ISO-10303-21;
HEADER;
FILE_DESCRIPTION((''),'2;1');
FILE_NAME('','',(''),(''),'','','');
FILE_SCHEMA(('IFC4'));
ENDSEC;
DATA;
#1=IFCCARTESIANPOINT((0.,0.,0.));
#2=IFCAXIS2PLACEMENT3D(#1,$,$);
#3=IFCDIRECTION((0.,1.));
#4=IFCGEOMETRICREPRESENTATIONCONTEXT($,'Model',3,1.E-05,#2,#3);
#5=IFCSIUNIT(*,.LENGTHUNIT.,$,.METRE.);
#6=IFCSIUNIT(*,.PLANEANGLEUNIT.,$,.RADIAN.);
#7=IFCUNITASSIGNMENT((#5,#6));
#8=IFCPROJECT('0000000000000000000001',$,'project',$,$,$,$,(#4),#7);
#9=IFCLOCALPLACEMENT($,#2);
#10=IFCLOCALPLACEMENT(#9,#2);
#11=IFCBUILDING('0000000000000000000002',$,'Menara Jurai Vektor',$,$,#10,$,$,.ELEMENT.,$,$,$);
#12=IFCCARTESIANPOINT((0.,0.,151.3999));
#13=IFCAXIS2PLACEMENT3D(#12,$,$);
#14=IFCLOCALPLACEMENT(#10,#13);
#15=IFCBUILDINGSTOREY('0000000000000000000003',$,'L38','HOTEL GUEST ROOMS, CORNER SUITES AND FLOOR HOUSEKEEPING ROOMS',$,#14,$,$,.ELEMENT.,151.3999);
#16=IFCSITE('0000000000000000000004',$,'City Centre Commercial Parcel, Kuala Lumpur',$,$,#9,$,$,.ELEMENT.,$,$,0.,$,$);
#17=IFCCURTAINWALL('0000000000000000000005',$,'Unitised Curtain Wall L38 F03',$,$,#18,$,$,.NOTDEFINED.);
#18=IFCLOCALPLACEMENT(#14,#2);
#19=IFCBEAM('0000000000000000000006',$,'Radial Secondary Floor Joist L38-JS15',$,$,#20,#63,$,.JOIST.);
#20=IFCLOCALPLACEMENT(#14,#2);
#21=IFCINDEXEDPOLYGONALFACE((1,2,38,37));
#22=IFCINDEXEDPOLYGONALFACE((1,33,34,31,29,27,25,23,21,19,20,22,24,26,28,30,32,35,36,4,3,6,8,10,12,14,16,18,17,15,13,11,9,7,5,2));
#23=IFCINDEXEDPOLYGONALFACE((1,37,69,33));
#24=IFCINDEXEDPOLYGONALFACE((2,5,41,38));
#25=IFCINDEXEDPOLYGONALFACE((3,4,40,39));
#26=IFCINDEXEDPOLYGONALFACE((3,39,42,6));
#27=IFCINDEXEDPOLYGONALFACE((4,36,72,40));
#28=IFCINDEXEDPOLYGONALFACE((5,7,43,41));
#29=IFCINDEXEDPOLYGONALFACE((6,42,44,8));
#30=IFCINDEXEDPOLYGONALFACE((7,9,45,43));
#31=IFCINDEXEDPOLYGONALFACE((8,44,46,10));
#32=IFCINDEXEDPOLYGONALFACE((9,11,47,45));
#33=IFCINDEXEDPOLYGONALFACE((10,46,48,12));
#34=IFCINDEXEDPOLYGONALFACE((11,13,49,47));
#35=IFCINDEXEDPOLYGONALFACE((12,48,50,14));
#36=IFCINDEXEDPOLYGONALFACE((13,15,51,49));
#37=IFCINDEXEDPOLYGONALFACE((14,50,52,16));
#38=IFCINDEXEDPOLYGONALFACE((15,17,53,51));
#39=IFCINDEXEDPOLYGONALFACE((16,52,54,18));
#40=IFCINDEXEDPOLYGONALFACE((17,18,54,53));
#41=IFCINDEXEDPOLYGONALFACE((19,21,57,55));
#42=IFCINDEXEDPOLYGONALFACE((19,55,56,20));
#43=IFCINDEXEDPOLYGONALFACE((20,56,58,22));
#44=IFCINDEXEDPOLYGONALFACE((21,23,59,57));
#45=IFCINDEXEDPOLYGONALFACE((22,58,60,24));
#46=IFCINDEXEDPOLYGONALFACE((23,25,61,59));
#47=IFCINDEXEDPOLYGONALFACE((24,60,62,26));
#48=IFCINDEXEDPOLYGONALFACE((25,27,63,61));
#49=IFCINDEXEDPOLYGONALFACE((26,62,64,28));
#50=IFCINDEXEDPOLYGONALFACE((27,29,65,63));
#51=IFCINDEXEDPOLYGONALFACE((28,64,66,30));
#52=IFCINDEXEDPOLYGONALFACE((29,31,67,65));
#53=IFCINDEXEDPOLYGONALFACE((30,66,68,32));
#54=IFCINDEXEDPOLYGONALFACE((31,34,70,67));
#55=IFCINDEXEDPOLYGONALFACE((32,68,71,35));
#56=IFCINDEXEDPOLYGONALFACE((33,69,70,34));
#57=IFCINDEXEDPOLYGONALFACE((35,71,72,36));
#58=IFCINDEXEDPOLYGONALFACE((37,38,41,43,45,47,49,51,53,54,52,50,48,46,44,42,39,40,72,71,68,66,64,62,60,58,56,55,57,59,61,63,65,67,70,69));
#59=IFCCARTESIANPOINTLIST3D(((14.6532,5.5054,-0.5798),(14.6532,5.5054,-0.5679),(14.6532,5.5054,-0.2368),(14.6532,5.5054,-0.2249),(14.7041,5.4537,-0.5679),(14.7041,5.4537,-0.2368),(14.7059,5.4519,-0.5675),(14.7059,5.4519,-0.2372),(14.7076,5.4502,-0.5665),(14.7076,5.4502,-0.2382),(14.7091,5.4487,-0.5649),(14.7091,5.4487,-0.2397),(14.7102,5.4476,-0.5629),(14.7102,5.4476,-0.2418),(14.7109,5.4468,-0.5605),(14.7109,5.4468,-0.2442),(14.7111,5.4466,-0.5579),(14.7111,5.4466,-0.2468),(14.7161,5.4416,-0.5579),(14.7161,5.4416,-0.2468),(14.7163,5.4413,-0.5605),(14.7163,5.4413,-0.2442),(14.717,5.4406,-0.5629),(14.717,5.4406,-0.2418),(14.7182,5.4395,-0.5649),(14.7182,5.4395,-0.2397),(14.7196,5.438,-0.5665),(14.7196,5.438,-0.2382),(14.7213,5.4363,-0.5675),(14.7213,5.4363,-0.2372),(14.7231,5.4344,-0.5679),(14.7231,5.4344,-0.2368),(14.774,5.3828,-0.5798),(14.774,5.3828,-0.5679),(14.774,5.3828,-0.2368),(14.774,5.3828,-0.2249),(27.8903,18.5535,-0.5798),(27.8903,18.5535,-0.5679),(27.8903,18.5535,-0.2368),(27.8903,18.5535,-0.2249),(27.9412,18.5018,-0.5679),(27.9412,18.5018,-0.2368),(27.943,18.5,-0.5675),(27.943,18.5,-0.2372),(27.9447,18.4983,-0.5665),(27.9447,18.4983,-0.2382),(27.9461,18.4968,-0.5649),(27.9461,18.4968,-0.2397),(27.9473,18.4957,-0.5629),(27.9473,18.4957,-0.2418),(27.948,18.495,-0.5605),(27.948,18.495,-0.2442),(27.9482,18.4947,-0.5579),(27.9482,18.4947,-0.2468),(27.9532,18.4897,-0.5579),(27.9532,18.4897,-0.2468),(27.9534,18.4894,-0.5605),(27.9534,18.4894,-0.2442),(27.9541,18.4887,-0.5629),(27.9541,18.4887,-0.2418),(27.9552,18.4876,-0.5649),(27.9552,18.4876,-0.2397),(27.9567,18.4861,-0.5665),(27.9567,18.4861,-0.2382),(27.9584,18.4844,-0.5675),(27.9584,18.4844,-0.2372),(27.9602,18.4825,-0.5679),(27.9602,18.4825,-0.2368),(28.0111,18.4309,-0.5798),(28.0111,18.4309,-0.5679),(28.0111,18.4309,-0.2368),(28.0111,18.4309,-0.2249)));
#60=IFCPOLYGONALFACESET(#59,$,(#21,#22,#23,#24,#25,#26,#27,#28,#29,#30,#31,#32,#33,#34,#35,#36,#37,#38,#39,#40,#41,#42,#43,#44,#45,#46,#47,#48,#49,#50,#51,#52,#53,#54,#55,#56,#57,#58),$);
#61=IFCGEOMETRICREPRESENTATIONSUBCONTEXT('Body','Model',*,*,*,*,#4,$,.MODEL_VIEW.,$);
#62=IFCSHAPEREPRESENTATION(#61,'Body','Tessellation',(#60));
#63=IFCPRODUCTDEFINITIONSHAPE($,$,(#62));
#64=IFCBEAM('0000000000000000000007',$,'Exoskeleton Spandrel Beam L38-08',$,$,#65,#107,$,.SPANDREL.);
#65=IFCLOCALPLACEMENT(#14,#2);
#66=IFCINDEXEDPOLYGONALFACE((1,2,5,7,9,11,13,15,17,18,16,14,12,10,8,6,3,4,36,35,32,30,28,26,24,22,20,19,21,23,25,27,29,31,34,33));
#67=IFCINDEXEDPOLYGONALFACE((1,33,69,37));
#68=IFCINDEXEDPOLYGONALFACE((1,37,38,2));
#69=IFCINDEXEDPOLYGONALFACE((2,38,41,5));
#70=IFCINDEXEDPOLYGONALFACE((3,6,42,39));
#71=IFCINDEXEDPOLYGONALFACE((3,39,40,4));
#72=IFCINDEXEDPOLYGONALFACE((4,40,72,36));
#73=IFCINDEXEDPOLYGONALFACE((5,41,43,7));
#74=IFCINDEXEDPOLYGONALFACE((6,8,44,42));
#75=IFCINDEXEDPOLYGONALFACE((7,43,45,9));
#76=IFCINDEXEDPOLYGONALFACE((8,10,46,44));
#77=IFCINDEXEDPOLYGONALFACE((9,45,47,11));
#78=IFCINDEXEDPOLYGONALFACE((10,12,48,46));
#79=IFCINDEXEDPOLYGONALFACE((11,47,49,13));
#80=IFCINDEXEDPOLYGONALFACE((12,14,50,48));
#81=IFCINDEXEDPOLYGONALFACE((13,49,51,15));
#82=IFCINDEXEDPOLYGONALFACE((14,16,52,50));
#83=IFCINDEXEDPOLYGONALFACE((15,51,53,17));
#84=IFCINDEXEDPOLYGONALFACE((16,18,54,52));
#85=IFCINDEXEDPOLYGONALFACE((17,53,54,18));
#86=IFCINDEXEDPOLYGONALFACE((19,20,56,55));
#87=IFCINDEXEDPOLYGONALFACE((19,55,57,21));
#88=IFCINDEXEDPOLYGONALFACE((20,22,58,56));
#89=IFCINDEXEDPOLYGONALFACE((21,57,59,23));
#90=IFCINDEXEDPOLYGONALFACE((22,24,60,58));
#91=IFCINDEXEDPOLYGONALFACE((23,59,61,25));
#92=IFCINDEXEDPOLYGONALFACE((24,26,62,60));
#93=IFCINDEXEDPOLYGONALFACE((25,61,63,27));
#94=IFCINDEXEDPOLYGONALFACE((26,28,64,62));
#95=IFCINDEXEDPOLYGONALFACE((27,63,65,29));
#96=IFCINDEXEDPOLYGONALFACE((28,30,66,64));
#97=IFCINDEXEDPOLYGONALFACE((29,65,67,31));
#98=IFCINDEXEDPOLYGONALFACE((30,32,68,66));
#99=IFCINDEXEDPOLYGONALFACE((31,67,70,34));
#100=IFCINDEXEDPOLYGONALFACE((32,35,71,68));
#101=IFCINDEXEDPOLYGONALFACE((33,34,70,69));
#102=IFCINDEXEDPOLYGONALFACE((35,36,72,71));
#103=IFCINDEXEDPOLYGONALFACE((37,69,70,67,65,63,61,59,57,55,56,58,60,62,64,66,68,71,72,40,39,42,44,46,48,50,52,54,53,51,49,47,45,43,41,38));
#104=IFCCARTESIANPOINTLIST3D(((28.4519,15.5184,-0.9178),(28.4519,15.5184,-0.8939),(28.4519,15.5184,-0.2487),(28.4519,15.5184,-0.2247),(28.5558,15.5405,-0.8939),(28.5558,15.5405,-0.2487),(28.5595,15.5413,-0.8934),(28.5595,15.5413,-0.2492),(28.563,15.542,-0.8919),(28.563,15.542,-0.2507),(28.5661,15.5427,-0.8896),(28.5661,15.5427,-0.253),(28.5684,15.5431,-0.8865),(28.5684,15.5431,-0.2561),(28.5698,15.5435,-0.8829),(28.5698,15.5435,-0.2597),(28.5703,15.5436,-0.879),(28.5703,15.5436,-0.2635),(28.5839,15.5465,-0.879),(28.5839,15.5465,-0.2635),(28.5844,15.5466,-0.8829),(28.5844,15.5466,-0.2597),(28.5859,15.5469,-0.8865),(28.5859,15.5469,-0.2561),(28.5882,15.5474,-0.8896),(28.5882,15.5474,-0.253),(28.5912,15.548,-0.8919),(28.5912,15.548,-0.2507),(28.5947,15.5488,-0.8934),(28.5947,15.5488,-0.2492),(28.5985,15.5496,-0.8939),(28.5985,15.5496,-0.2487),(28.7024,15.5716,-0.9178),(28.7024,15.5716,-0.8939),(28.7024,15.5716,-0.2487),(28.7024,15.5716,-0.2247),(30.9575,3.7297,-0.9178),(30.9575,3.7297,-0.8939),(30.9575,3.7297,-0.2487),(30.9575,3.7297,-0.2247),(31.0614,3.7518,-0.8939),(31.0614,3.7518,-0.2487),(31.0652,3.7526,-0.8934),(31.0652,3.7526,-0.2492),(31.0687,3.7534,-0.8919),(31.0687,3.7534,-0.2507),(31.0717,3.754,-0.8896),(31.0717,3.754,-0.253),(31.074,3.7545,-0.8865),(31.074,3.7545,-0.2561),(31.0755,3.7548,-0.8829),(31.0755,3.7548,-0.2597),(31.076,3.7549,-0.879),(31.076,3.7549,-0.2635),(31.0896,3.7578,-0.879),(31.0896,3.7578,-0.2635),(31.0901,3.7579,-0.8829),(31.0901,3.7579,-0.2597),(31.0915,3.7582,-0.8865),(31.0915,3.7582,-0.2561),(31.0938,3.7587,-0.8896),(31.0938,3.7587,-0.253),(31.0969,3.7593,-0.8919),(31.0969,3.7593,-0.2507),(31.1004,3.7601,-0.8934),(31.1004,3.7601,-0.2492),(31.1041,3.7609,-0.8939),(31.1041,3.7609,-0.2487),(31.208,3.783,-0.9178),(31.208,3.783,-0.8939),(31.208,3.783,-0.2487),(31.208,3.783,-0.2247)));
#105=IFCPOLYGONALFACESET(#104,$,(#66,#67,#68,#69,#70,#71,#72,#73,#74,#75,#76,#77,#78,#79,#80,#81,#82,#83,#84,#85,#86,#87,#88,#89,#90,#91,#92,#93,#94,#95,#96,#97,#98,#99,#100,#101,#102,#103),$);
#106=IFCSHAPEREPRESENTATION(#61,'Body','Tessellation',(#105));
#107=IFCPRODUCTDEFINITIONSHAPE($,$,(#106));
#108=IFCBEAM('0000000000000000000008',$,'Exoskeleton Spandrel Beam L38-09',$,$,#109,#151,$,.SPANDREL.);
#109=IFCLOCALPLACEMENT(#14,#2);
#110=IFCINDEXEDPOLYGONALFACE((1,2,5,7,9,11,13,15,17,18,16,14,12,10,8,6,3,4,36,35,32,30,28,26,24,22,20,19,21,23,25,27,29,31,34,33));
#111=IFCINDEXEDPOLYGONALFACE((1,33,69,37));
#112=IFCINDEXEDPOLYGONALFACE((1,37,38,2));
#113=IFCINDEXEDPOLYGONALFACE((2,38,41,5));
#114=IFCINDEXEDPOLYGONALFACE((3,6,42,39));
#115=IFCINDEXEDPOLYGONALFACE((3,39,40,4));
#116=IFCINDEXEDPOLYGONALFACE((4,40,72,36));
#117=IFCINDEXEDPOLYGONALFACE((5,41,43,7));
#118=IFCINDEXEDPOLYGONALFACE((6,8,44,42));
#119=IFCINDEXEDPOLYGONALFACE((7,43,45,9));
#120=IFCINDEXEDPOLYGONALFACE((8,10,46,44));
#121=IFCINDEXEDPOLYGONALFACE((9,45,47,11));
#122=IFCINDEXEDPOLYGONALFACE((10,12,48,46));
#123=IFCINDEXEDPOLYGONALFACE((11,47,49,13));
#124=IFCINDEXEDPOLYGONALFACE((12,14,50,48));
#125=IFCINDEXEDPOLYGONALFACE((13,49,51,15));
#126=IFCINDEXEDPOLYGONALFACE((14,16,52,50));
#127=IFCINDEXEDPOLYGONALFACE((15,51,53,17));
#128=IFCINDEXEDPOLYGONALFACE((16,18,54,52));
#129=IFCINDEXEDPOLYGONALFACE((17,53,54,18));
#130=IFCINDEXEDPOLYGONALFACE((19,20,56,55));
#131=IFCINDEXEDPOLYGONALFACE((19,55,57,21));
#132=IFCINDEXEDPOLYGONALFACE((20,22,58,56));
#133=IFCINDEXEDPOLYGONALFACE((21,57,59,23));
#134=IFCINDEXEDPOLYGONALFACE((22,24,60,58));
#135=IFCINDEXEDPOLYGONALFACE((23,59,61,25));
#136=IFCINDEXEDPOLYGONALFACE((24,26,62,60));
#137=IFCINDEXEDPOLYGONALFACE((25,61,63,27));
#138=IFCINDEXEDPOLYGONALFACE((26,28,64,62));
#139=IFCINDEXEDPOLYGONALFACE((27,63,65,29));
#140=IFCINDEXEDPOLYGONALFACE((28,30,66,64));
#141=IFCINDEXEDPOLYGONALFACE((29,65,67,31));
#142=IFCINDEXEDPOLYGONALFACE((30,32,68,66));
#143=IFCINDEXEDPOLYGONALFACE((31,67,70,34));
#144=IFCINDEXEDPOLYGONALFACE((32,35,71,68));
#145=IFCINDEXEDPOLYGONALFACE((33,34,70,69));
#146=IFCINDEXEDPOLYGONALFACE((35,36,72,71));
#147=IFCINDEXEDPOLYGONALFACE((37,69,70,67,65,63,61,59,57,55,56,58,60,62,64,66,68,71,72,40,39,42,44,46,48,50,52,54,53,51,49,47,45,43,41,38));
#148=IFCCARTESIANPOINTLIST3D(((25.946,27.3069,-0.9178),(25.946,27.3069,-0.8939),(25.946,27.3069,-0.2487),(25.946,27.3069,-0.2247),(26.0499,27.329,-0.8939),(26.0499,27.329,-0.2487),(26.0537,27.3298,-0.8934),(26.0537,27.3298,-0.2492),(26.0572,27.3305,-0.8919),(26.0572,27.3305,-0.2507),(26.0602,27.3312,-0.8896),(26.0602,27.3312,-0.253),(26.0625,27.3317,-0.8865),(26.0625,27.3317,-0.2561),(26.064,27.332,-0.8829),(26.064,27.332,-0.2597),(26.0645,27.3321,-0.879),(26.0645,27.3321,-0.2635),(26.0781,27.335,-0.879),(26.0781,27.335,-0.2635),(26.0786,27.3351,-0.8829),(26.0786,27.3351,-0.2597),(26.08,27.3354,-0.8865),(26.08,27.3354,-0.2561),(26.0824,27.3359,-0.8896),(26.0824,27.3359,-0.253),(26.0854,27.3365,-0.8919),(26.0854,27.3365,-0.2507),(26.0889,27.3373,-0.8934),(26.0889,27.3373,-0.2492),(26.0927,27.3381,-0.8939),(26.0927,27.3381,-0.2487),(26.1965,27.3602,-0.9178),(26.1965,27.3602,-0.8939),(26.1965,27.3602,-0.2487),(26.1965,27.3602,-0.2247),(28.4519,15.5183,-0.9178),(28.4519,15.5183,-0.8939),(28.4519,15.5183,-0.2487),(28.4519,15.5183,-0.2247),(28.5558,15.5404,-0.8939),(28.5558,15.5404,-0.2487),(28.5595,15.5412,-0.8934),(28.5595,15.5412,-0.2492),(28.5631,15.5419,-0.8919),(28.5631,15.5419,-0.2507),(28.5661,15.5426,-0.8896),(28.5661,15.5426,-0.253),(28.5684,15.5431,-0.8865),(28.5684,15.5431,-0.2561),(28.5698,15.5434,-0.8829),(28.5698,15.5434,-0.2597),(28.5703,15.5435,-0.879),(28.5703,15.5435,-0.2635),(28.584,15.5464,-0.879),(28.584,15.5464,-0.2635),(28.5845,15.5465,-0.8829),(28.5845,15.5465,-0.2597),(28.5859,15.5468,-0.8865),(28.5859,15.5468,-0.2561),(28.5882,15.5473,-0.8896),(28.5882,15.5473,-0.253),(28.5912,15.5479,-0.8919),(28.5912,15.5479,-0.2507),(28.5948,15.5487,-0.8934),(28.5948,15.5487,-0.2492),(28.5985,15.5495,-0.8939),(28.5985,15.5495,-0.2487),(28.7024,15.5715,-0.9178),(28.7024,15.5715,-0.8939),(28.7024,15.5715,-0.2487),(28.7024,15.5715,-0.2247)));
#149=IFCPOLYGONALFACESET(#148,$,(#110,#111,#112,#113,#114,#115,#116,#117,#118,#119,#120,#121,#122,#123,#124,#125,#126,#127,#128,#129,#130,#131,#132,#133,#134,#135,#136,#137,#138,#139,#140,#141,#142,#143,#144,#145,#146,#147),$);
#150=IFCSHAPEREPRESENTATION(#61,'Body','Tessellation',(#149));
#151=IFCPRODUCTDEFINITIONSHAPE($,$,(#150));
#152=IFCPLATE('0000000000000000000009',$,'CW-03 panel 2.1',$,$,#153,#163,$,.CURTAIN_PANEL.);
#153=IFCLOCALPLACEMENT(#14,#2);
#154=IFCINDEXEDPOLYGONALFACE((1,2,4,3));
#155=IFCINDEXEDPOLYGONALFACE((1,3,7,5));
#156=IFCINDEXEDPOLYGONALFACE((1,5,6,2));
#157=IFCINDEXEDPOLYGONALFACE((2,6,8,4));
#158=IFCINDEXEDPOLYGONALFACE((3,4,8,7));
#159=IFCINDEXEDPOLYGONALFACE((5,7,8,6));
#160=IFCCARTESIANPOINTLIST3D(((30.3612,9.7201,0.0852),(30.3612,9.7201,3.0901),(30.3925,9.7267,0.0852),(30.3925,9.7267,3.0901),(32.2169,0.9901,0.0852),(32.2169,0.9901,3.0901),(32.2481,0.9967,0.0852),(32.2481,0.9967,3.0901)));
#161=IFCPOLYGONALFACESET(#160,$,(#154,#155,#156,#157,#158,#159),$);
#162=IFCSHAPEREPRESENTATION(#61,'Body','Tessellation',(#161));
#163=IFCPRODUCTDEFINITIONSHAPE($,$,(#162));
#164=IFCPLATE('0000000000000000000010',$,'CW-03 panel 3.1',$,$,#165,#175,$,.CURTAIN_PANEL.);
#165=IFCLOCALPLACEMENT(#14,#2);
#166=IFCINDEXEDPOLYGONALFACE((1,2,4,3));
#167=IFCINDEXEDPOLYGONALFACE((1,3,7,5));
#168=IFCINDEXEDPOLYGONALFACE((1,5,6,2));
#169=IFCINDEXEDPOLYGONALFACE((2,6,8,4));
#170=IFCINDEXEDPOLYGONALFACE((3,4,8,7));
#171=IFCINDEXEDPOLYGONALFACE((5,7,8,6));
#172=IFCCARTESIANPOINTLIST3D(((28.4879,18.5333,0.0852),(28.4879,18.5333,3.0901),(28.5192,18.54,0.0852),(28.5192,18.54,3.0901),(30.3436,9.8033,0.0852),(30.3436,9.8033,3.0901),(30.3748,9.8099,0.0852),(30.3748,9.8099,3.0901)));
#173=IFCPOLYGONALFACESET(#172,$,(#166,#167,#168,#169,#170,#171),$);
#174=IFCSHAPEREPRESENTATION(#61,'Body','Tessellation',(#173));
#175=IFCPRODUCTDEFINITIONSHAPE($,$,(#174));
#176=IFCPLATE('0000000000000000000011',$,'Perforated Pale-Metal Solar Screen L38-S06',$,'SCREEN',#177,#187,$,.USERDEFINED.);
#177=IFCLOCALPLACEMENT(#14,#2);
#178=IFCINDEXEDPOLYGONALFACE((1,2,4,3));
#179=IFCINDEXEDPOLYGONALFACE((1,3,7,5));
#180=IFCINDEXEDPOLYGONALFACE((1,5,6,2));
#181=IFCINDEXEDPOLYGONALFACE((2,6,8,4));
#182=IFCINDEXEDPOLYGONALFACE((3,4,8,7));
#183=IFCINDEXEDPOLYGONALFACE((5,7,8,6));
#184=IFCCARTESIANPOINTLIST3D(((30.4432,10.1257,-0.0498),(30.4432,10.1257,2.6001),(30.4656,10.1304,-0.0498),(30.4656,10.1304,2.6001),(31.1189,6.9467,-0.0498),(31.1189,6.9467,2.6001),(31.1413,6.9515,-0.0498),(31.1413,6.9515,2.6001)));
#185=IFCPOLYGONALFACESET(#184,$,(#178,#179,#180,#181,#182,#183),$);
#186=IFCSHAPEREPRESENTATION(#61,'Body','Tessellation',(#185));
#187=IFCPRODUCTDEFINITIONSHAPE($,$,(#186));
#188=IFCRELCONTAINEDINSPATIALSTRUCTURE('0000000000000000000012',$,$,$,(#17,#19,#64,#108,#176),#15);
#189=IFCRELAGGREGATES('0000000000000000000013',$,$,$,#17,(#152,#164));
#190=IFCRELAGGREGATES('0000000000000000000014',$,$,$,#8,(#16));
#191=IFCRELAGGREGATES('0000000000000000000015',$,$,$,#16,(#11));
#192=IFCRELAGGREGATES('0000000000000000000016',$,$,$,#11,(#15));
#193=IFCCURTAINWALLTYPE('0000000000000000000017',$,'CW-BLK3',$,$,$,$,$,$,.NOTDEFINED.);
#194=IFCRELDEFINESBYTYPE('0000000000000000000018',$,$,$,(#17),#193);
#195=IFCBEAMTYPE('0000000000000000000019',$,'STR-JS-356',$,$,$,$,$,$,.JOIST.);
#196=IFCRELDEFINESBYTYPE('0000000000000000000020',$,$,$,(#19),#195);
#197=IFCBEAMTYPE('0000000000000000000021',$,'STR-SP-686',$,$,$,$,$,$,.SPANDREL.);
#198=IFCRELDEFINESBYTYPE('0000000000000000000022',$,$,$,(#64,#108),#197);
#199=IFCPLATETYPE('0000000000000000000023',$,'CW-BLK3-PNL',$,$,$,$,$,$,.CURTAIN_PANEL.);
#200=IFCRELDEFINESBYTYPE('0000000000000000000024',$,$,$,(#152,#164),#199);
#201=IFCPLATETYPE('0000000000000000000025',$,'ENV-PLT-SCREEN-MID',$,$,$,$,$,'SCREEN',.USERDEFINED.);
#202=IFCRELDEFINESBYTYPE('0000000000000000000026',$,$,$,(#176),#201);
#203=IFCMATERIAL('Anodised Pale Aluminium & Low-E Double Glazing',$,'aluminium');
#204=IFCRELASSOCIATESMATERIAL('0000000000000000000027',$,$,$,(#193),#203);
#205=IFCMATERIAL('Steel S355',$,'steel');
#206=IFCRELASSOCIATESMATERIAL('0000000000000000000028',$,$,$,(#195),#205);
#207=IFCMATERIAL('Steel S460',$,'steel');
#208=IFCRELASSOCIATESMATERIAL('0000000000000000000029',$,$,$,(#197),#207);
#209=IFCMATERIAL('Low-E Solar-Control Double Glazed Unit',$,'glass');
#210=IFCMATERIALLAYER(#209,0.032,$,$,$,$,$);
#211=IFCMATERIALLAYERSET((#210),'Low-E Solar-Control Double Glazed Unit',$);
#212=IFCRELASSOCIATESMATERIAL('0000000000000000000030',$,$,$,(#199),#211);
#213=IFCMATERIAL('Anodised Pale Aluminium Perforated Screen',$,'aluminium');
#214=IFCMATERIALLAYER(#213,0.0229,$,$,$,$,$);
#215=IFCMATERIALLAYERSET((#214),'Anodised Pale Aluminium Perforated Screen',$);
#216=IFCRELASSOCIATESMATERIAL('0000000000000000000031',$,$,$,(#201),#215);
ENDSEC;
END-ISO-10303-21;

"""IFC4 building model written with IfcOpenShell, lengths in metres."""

from ifc_helpers import new_model, si_unit, direction, frame, origin, origin_2d, place, context, subcontext, project, spatial, rectangle, i_section, extrude, material, layer, layer_set, material_profile, profile_set, type_object, element, aggregate, save


model = new_model("IFC4")

# Units and contexts
model_context = context("Model", 3, precision=1e-05, world=origin(), true_north=direction((0.0, 1.0)))
body_context = subcontext(model_context, "Body", "Model", "MODEL_VIEW")
ifc_project = project(units=[si_unit("LENGTHUNIT", "METRE"), si_unit("PLANEANGLEUNIT", "RADIAN")], contexts=[model_context])

# Site, building, storey
site_placement = place(None, origin())
site = spatial("IfcSite", under=ifc_project, at=site_placement, Name="City Centre Commercial Parcel, Kuala Lumpur", CompositionType="ELEMENT", RefElevation=0.0)
building_placement = place(site_placement, origin())
building = spatial("IfcBuilding", under=site, at=building_placement, Name="Menara Jurai Vektor", CompositionType="ELEMENT")
storey_placement = place(building_placement, frame((0.0, 0.0, 151.3999)))
storey = spatial("IfcBuildingStorey", under=building, at=storey_placement, Name="L38", Description="HOTEL GUEST ROOMS, CORNER SUITES AND FLOOR HOUSEKEEPING ROOMS", CompositionType="ELEMENT", Elevation=151.3999)

# Shared definitions
ifc_material_1 = material(Name="Steel S460", Category="steel")

# Curtain wall
ifc_material_2 = material(Name="Anodised Pale Aluminium & Low-E Double Glazing", Category="aluminium")
curtain_wall_type = type_object("IfcCurtainWallType", Name="CW-BLK3", PredefinedType="NOTDEFINED", material=ifc_material_2)
curtain_wall_placement = place(storey_placement, origin())
curtain_wall = element("IfcCurtainWall", 1, at=curtain_wall_placement, inside=storey, type_object=curtain_wall_type, Name="Unitised Curtain Wall L38 F03", PredefinedType="NOTDEFINED")

# Beams
ifc_material_3 = material(Name="Steel S355", Category="steel")
ifc_material_profile_1 = material_profile(ifc_material_3, i_section(OverallWidth=0.1721, OverallDepth=0.355, WebThickness=0.0071, FlangeThickness=0.012, FilletRadius=0.01, at=origin_2d()), Name="UKB 356x171x51")
ifc_profile_set_1 = profile_set([ifc_material_profile_1], Name="Steel S355")
beam_type_1 = type_object("IfcBeamType", Name="STR-JS-356", PredefinedType="JOIST", material=ifc_profile_set_1)
beam_1_placement = place(storey_placement, frame((27.9507, 18.4922, -0.4023), z_axis=(-0.712172, -0.702005, 0.0), x_axis=(0.702005, -0.712172, 0.0)))
element("IfcBeam", 2, at=beam_1_placement, inside=storey, type_object=beam_type_1, Name="Radial Secondary Floor Joist L38-JS15", PredefinedType="JOIST", context=body_context, shape_type="SweptSolid", body=[
    extrude(i_section(OverallWidth=0.1721, OverallDepth=0.355, WebThickness=0.0071, FlangeThickness=0.012, FilletRadius=0.01, at=origin_2d()), origin(), (0.0, 0.0, 1.0), 18.5869),
])
ifc_material_profile_2 = material_profile(ifc_material_1, i_section(OverallWidth=0.2561, OverallDepth=0.6931, WebThickness=0.0139, FlangeThickness=0.0239, FilletRadius=0.0149, at=origin_2d()), Name="UKB 686x254x170")
ifc_profile_set_2 = profile_set([ifc_material_profile_2], Name="Steel S460")
beam_type_2 = type_object("IfcBeamType", Name="STR-SP-686", PredefinedType="SPANDREL", material=ifc_profile_set_2)
for number, where, z_axis, x_axis, name in (
    (3, (31.0828, 3.7563, -0.5713), (-0.207902, 0.97815, 0.0), (-0.97815, -0.207902, 0.0), "Exoskeleton Spandrel Beam L38-08"),
    (4, (28.5771, 15.5449, -0.5713), (-0.207921, 0.978146, 0.0), (-0.978146, -0.207921, 0.0), "Exoskeleton Spandrel Beam L38-09"),
):
    element("IfcBeam", number, at=place(storey_placement, frame(where, z_axis=z_axis, x_axis=x_axis)), inside=storey, type_object=beam_type_2, Name=name, PredefinedType="SPANDREL", context=body_context, shape_type="SweptSolid", body=[
        extrude(i_section(OverallWidth=0.2561, OverallDepth=0.6931, WebThickness=0.0139, FlangeThickness=0.0239, FilletRadius=0.0149, at=origin_2d()), origin(), (0.0, 0.0, 1.0), 12.052),
    ])

# Plates
ifc_material_4 = material(Name="Low-E Solar-Control Double Glazed Unit", Category="glass")
ifc_layer_1 = layer(ifc_material_4, 0.032)
ifc_layer_set_1 = layer_set([ifc_layer_1], Name="Low-E Solar-Control Double Glazed Unit")
plate_type_1 = type_object("IfcPlateType", Name="CW-BLK3-PNL", PredefinedType="CURTAIN_PANEL", material=ifc_layer_set_1)
plate_1_placement = place(storey_placement, frame((31.3047, 5.3584, 0.0852), z_axis=(0.0, 0.0, 1.0), x_axis=(-0.20791, 0.978148, 0.0)))
plate_1 = element("IfcPlate", 5, at=plate_1_placement, type_object=plate_type_1, Name="CW-03 panel 2.1", PredefinedType="CURTAIN_PANEL", context=body_context, shape_type="SweptSolid", body=[
    extrude(rectangle(XDim=8.925, YDim=0.032, at=origin_2d()), origin(), (0.0, 0.0, 1.0), 3.0049),
])
plate_2_placement = place(storey_placement, frame((29.4314, 14.1716, 0.0852), z_axis=(0.0, 0.0, 1.0), x_axis=(-0.20791, 0.978148, 0.0)))
plate_2 = element("IfcPlate", 6, at=plate_2_placement, type_object=plate_type_1, Name="CW-03 panel 3.1", PredefinedType="CURTAIN_PANEL", context=body_context, shape_type="SweptSolid", body=[
    extrude(rectangle(XDim=8.925, YDim=0.032, at=origin_2d()), origin(), (0.0, 0.0, 1.0), 3.0049),
])
aggregate(curtain_wall, [plate_1, plate_2])
ifc_material_5 = material(Name="Anodised Pale Aluminium Perforated Screen", Category="aluminium")
ifc_layer_2 = layer(ifc_material_5, 0.0229)
ifc_layer_set_2 = layer_set([ifc_layer_2], Name="Anodised Pale Aluminium Perforated Screen")
plate_type_2 = type_object("IfcPlateType", Name="ENV-PLT-SCREEN-MID", ElementType="SCREEN", PredefinedType="USERDEFINED", material=ifc_layer_set_2)
plate_3_placement = place(storey_placement, frame((30.7922, 8.5386, -0.0498), z_axis=(0.0, 0.0, 1.0), x_axis=(-0.207912, 0.978148, 0.0)))
element("IfcPlate", 7, at=plate_3_placement, inside=storey, type_object=plate_type_2, Name="Perforated Pale-Metal Solar Screen L38-S06", ObjectType="SCREEN", PredefinedType="USERDEFINED", context=body_context, shape_type="SweptSolid", body=[
    extrude(rectangle(XDim=3.25, YDim=0.0229, at=origin_2d()), origin(), (0.0, 0.0, 1.0), 2.6499),
])

save(model, "model.ifc")
